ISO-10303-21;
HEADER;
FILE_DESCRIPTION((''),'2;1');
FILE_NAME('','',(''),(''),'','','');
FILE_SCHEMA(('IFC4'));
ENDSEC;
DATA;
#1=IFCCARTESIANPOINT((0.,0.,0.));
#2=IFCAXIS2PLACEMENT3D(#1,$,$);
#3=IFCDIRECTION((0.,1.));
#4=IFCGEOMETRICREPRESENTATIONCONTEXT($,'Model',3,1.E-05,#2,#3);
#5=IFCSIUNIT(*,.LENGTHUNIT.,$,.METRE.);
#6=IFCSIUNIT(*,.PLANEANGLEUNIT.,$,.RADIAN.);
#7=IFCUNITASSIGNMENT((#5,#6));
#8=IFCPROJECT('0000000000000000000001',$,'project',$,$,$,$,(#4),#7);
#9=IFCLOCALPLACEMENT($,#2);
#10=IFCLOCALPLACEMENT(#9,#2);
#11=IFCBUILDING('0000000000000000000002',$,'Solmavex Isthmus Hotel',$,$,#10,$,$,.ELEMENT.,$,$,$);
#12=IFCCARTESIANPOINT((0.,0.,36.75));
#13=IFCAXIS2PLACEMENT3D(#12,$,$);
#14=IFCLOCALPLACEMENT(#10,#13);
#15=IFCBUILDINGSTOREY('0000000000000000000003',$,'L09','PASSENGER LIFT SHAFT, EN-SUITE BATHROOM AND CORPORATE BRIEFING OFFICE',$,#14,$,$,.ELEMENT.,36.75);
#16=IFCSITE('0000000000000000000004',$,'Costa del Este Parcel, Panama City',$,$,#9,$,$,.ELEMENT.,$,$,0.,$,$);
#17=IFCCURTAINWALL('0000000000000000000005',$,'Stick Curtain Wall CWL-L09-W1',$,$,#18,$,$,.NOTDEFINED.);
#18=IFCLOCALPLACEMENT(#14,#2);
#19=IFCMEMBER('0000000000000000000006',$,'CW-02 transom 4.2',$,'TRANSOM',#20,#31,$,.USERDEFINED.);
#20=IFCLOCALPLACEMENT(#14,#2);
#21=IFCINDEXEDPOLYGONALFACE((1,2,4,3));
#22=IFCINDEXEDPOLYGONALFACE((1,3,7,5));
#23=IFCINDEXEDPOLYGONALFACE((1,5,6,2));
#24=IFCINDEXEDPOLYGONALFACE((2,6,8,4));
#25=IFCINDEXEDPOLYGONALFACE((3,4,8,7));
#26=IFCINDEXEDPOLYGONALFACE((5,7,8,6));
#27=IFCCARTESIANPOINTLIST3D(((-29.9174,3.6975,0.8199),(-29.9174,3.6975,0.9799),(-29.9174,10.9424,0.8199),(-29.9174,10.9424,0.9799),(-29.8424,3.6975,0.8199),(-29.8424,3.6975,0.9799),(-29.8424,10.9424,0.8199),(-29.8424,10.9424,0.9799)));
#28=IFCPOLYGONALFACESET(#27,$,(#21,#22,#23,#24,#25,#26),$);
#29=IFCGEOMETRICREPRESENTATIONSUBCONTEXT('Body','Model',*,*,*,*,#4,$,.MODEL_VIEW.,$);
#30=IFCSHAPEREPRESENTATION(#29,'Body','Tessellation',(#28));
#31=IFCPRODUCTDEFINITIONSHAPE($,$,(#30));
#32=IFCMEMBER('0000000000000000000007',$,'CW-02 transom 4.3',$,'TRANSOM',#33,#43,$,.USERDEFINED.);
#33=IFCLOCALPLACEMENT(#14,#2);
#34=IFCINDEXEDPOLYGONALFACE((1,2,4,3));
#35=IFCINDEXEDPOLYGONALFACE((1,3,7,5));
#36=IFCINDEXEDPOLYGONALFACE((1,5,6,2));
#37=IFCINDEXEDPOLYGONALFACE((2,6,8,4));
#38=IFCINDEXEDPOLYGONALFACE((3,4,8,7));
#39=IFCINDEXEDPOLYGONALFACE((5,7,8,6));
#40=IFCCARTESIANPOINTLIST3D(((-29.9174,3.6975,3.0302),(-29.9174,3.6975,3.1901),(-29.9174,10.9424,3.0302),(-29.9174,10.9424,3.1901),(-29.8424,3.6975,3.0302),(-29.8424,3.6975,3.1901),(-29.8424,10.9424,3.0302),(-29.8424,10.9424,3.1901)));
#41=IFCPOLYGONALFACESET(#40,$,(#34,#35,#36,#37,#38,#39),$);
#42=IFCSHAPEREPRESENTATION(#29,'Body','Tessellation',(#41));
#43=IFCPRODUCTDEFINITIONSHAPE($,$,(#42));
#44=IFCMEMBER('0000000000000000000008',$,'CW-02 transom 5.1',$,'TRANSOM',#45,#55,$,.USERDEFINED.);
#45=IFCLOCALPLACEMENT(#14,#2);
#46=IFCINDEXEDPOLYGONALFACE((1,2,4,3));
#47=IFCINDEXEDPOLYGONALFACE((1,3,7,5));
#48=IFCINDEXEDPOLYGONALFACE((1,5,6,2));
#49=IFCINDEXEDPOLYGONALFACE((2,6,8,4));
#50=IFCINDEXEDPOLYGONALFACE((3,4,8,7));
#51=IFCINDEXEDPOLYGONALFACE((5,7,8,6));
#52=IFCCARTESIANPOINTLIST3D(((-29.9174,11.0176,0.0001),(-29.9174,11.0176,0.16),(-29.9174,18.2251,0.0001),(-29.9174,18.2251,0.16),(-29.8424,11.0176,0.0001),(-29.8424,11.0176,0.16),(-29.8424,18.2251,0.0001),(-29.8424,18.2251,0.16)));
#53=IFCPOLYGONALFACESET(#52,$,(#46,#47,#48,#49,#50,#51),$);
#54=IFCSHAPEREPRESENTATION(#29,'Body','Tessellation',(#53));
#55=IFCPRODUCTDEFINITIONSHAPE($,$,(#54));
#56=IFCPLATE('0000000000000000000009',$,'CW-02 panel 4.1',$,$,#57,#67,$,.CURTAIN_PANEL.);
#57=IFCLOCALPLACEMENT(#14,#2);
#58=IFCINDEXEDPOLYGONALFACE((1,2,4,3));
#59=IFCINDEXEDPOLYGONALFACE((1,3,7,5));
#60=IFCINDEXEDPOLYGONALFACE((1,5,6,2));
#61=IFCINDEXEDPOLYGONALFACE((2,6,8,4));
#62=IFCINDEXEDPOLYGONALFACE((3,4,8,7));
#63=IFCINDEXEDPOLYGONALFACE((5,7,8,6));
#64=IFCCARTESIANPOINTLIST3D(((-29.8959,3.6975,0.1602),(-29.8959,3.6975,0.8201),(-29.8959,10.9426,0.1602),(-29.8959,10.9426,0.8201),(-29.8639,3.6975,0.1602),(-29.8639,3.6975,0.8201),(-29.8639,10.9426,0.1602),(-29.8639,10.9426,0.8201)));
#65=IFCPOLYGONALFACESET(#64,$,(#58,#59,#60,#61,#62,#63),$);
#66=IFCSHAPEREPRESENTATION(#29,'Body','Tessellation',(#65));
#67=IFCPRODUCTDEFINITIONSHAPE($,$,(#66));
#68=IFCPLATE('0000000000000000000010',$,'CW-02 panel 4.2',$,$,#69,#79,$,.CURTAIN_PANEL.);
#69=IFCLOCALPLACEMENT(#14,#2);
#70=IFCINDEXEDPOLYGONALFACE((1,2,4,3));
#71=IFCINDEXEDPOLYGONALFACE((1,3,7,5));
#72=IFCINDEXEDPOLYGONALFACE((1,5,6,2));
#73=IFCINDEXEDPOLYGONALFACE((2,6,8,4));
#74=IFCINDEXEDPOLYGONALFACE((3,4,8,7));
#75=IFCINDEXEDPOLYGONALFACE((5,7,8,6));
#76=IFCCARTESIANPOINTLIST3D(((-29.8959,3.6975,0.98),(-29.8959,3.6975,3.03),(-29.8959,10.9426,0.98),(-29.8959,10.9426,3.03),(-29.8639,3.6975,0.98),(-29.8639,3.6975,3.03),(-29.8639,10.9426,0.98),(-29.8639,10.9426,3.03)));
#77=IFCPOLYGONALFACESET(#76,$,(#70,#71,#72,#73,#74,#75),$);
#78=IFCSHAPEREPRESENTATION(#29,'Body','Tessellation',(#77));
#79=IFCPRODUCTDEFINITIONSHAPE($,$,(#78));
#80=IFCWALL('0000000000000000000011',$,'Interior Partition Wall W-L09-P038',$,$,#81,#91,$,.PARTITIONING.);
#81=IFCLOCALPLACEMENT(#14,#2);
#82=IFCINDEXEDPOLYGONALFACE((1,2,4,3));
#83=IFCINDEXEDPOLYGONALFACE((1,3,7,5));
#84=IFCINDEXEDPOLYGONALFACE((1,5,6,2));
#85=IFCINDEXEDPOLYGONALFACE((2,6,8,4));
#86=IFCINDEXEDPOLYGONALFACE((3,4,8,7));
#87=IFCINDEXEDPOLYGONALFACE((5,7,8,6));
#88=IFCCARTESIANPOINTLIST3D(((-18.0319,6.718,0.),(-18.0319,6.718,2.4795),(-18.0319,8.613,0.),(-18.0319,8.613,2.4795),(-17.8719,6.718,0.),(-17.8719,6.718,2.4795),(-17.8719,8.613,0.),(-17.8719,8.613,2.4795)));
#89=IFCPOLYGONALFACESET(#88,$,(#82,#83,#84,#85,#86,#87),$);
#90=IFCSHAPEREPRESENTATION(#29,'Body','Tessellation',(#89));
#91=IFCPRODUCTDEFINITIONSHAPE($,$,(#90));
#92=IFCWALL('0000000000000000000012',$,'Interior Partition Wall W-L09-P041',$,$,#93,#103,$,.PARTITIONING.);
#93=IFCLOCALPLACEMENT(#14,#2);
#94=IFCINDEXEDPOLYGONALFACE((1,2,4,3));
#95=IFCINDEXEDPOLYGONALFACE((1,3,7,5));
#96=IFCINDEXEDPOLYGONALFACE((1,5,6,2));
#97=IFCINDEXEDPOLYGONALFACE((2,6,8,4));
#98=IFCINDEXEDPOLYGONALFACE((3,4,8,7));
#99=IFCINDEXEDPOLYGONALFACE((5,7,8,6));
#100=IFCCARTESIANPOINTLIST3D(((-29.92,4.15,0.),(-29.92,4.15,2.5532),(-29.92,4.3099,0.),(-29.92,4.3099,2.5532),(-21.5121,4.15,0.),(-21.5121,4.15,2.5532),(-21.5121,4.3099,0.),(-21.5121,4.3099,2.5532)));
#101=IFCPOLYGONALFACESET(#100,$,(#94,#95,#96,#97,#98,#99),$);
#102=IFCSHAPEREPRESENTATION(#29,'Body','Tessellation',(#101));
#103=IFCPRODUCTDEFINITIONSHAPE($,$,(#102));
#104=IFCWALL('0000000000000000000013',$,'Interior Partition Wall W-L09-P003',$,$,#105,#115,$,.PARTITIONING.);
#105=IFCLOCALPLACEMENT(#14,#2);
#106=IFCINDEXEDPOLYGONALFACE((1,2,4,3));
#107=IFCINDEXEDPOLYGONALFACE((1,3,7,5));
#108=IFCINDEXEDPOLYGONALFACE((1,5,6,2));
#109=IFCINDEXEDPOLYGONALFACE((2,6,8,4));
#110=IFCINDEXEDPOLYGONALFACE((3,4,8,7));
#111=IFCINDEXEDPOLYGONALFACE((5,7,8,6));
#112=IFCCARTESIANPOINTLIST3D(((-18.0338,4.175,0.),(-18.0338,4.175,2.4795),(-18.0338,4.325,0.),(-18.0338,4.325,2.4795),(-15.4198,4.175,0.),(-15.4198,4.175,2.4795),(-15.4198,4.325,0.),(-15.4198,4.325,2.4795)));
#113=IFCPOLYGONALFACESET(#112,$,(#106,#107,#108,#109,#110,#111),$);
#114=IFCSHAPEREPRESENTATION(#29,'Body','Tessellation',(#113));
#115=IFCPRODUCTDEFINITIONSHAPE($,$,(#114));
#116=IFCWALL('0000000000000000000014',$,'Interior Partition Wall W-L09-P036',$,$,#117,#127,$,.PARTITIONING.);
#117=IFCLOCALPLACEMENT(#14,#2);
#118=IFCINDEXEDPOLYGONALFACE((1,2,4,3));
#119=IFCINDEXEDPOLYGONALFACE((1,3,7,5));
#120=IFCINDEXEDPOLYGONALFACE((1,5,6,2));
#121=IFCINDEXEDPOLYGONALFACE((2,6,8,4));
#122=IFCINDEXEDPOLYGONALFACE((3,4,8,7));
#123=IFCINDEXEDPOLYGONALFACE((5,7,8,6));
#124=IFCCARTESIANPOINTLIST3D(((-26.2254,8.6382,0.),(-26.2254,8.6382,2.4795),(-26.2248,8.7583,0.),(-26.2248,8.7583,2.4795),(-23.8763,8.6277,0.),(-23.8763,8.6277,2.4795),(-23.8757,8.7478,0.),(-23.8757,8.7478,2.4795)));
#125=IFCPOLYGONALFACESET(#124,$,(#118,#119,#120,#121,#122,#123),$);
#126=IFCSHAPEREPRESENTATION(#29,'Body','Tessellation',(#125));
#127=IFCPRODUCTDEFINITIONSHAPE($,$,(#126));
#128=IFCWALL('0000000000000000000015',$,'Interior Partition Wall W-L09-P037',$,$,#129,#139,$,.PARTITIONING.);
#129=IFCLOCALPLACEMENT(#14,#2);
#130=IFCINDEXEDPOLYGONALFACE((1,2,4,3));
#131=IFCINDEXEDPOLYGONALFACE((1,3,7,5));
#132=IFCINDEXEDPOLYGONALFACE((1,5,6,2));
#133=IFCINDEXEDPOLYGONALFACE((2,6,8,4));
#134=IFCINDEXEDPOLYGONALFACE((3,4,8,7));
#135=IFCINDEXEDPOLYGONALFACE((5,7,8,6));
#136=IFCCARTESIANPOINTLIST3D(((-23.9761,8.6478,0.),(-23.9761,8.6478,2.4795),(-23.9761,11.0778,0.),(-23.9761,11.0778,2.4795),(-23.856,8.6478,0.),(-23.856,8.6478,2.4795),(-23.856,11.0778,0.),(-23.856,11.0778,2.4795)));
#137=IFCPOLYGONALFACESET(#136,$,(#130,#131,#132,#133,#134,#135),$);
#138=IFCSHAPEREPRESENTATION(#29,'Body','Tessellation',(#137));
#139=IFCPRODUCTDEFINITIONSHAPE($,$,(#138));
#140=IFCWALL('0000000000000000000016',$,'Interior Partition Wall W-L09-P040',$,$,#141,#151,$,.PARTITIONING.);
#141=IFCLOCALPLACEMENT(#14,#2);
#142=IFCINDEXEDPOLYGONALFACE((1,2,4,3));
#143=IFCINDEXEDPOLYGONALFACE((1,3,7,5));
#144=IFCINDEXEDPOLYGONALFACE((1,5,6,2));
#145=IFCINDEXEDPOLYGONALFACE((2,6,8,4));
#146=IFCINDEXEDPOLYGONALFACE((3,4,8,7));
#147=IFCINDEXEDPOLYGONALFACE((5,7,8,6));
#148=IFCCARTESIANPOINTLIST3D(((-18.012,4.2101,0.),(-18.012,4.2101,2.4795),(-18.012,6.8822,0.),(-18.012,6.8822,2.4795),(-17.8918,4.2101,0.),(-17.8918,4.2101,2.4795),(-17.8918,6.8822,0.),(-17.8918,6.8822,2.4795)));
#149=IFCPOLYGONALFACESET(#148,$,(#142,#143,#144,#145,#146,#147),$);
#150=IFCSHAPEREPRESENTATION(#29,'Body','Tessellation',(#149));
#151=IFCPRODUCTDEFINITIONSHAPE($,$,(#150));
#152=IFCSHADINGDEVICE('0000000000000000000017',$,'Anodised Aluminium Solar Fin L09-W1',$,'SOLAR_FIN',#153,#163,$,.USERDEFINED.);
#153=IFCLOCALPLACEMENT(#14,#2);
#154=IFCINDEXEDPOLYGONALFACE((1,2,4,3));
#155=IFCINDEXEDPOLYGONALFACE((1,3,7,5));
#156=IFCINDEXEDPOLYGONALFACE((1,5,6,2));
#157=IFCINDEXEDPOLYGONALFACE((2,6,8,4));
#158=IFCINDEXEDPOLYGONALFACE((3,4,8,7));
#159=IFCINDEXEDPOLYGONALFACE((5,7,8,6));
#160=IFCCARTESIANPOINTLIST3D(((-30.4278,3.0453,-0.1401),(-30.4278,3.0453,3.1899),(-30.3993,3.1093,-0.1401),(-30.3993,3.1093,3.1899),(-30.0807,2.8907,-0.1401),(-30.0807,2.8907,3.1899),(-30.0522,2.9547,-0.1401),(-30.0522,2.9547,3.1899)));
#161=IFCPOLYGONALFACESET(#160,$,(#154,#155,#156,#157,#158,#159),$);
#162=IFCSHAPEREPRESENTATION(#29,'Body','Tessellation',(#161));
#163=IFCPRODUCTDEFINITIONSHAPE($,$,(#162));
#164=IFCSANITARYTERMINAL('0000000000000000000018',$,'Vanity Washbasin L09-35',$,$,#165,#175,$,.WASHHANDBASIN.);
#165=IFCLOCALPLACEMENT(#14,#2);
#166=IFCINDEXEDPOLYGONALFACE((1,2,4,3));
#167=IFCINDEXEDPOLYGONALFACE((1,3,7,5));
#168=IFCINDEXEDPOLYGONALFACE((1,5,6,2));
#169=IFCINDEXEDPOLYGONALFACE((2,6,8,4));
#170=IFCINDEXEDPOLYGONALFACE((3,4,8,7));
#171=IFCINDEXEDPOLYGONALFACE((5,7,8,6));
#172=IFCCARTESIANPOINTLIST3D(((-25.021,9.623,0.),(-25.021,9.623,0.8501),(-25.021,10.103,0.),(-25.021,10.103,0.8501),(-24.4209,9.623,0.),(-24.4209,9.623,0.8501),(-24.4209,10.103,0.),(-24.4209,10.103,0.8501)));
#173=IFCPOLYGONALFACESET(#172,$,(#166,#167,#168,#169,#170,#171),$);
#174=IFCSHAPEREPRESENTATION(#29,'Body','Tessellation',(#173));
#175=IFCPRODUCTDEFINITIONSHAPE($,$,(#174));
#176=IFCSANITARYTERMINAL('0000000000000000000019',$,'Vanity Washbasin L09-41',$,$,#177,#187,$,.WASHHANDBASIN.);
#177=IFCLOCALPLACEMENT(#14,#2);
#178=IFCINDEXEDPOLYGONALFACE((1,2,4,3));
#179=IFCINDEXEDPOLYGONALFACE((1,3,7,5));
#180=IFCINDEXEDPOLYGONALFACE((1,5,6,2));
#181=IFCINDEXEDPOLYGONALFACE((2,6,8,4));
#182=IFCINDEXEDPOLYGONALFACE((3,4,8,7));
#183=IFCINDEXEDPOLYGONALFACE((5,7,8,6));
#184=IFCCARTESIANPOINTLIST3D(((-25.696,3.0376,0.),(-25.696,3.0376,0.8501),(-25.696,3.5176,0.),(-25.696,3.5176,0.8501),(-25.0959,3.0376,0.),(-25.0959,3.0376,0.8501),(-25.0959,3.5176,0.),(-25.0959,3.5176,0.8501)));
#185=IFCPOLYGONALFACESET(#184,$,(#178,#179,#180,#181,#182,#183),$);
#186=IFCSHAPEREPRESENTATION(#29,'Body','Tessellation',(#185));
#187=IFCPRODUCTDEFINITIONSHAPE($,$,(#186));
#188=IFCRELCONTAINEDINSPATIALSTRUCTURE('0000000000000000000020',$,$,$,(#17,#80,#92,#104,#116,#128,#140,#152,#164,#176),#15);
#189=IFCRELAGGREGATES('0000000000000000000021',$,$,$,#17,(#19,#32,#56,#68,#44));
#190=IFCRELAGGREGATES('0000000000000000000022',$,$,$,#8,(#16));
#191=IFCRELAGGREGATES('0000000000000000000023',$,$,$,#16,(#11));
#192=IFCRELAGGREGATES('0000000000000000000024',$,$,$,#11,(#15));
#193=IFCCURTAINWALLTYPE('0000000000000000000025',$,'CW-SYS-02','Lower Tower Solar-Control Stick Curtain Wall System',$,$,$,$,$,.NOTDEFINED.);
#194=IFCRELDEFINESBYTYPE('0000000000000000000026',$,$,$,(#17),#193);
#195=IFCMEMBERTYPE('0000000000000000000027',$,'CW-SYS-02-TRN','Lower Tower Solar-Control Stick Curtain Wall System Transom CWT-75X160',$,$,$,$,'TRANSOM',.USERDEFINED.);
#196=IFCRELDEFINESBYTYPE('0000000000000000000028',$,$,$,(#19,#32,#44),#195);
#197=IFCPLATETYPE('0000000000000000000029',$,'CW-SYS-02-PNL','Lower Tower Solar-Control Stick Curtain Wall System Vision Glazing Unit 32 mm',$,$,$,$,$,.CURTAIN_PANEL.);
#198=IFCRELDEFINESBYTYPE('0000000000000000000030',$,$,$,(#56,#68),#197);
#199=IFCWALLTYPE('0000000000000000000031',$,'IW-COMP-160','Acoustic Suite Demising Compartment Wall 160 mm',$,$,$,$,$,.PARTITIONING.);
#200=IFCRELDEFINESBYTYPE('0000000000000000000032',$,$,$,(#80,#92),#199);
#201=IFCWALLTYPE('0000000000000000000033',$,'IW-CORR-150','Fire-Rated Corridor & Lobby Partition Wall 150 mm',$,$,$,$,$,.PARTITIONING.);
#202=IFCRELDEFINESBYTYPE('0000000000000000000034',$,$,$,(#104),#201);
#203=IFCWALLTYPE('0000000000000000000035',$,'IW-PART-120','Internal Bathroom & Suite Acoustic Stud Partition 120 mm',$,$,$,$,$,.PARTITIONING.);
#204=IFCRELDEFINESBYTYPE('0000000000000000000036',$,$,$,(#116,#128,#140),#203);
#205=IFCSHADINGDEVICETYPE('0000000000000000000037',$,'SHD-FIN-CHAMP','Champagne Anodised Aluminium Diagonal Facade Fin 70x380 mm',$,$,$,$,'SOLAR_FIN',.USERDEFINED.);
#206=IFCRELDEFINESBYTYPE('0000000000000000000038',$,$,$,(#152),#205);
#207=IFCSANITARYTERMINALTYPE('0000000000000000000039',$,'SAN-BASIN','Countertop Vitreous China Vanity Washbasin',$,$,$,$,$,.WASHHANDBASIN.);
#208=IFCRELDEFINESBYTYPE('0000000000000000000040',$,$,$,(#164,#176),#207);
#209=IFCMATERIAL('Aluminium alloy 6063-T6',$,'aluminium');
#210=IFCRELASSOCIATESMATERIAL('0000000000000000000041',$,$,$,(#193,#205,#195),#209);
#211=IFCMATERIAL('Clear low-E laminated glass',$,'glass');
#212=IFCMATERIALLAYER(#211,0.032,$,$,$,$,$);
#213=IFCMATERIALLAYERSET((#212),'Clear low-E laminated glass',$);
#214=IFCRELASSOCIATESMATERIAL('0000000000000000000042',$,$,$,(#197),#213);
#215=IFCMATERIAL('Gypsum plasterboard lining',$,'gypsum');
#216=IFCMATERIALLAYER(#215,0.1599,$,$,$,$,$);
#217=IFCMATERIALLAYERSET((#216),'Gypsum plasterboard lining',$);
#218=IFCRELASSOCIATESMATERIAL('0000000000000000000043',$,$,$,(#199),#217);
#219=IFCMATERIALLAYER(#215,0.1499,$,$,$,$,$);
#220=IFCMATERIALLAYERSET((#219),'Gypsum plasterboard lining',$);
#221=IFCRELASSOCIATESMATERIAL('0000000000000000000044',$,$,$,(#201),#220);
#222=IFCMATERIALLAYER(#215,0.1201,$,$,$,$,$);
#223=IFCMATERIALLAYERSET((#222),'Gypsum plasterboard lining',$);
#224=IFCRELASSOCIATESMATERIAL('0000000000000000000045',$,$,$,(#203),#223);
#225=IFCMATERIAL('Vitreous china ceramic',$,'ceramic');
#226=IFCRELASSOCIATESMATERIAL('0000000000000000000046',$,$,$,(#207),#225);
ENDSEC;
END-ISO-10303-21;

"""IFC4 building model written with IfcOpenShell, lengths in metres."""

from ifc_helpers import new_model, si_unit, direction, frame, frame_2d, origin, origin_2d, place, context, subcontext, project, spatial, rectangle, extrude, material, layer, layer_set, material_profile, profile_set, type_object, element, aggregate, save


model = new_model("IFC4")

# Units and contexts
model_context = context("Model", 3, precision=1e-05, world=origin(), true_north=direction((0.0, 1.0)))
body_context = subcontext(model_context, "Body", "Model", "MODEL_VIEW")
ifc_project = project(units=[si_unit("LENGTHUNIT", "METRE"), si_unit("PLANEANGLEUNIT", "RADIAN")], contexts=[model_context])

# Site, building, storey
site_placement = place(None, origin())
site = spatial("IfcSite", under=ifc_project, at=site_placement, Name="Costa del Este Parcel, Panama City", CompositionType="ELEMENT", RefElevation=0.0)
building_placement = place(site_placement, origin())
building = spatial("IfcBuilding", under=site, at=building_placement, Name="Solmavex Isthmus Hotel", CompositionType="ELEMENT")
storey_placement = place(building_placement, frame((0.0, 0.0, 36.75)))
storey = spatial("IfcBuildingStorey", under=building, at=storey_placement, Name="L09", Description="PASSENGER LIFT SHAFT, EN-SUITE BATHROOM AND CORPORATE BRIEFING OFFICE", CompositionType="ELEMENT", Elevation=36.75)

# Curtain wall, members, plates
ifc_material_1 = material(Name="Aluminium alloy 6063-T6", Category="aluminium")
curtain_wall_type = type_object("IfcCurtainWallType", Name="CW-SYS-02", Description="Lower Tower Solar-Control Stick Curtain Wall System", PredefinedType="NOTDEFINED", material=ifc_material_1)
curtain_wall_placement = place(storey_placement, origin())
curtain_wall = element("IfcCurtainWall", 1, at=curtain_wall_placement, inside=storey, type_object=curtain_wall_type, Name="Stick Curtain Wall CWL-L09-W1", PredefinedType="NOTDEFINED")
ifc_material_profile_1 = material_profile(ifc_material_1, rectangle(XDim=0.075, YDim=0.1599, at=origin_2d()), Name="CWT-75X160")
ifc_profile_set_1 = profile_set([ifc_material_profile_1], Name="Aluminium alloy 6063-T6")
member_type_1 = type_object("IfcMemberType", Name="CW-SYS-02-TRN", Description="Lower Tower Solar-Control Stick Curtain Wall System Transom CWT-75X160", ElementType="TRANSOM", PredefinedType="USERDEFINED", material=ifc_profile_set_1)
member_1_placement = place(storey_placement, frame((-29.8799, 3.6975, 0.8999), z_axis=(0.0, 1.0, 0.0), x_axis=(-1.0, 0.0, 0.0)))
member_1 = element("IfcMember", 2, at=member_1_placement, type_object=member_type_1, Name="CW-02 transom 4.2", ObjectType="TRANSOM", PredefinedType="USERDEFINED", context=body_context, shape_type="SweptSolid", body=[
    extrude(rectangle(XDim=0.075, YDim=0.1599, at=origin_2d()), origin(), (0.0, 0.0, 1.0), 7.2449),
])
member_2_placement = place(storey_placement, frame((-29.8799, 3.6975, 3.1101), z_axis=(0.0, 1.0, 0.0), x_axis=(-1.0, 0.0, 0.0)))
member_2 = element("IfcMember", 3, at=member_2_placement, type_object=member_type_1, Name="CW-02 transom 4.3", ObjectType="TRANSOM", PredefinedType="USERDEFINED", context=body_context, shape_type="SweptSolid", body=[
    extrude(rectangle(XDim=0.075, YDim=0.1599, at=origin_2d()), origin(), (0.0, 0.0, 1.0), 7.2449),
])
member_3_placement = place(storey_placement, frame((-29.8799, 11.0176, 0.0801), z_axis=(0.0, 1.0, 0.0), x_axis=(-1.0, 0.0, 0.0)))
member_3 = element("IfcMember", 4, at=member_3_placement, type_object=member_type_1, Name="CW-02 transom 5.1", ObjectType="TRANSOM", PredefinedType="USERDEFINED", context=body_context, shape_type="SweptSolid", body=[
    extrude(rectangle(XDim=0.075, YDim=0.1599, at=origin_2d()), origin(), (0.0, 0.0, 1.0), 7.2075),
])
ifc_material_2 = material(Name="Clear low-E laminated glass", Category="glass")
ifc_layer_1 = layer(ifc_material_2, 0.032)
ifc_layer_set_1 = layer_set([ifc_layer_1], Name="Clear low-E laminated glass")
plate_type = type_object("IfcPlateType", Name="CW-SYS-02-PNL", Description="Lower Tower Solar-Control Stick Curtain Wall System Vision Glazing Unit 32 mm", PredefinedType="CURTAIN_PANEL", material=ifc_layer_set_1)
plate_1_placement = place(storey_placement, frame((-29.8799, 7.3201, 0.1602), z_axis=(0.0, 0.0, 1.0), x_axis=(0.0, 1.0, 0.0)))
plate_1 = element("IfcPlate", 5, at=plate_1_placement, type_object=plate_type, Name="CW-02 panel 4.1", PredefinedType="CURTAIN_PANEL", context=body_context, shape_type="SweptSolid", body=[
    extrude(rectangle(XDim=7.2451, YDim=0.032, at=origin_2d()), origin(), (0.0, 0.0, 1.0), 0.6599),
])
plate_2_placement = place(storey_placement, frame((-29.8799, 7.3201, 0.98), z_axis=(0.0, 0.0, 1.0), x_axis=(0.0, 1.0, 0.0)))
plate_2 = element("IfcPlate", 6, at=plate_2_placement, type_object=plate_type, Name="CW-02 panel 4.2", PredefinedType="CURTAIN_PANEL", context=body_context, shape_type="SweptSolid", body=[
    extrude(rectangle(XDim=7.2451, YDim=0.032, at=origin_2d()), origin(), (0.0, 0.0, 1.0), 2.05),
])
aggregate(curtain_wall, [member_1, member_2, plate_1, plate_2, member_3])

# Walls
ifc_material_3 = material(Name="Gypsum plasterboard lining", Category="gypsum")
ifc_layer_2 = layer(ifc_material_3, 0.1599)
ifc_layer_set_2 = layer_set([ifc_layer_2], Name="Gypsum plasterboard lining")
wall_type_1 = type_object("IfcWallType", Name="IW-COMP-160", Description="Acoustic Suite Demising Compartment Wall 160 mm", PredefinedType="PARTITIONING", material=ifc_layer_set_2)
wall_1_placement = place(storey_placement, frame((-17.9519, 8.613, 0.0), z_axis=(0.0, 0.0, 1.0), x_axis=(0.0, -1.0, 0.0)))
element("IfcWall", 7, at=wall_1_placement, inside=storey, type_object=wall_type_1, Name="Interior Partition Wall W-L09-P038", PredefinedType="PARTITIONING", context=body_context, shape_type="SweptSolid", body=[
    extrude(rectangle(XDim=1.895, YDim=0.1599, at=frame_2d((0.9475, 0.0))), origin(), (0.0, 0.0, 1.0), 2.4795),
])
wall_2_placement = place(storey_placement, frame((-21.512, 4.23, 0.0), z_axis=(0.0, 0.0, 1.0), x_axis=(-1.0, 0.0, 0.0)))
element("IfcWall", 8, at=wall_2_placement, inside=storey, type_object=wall_type_1, Name="Interior Partition Wall W-L09-P041", PredefinedType="PARTITIONING", context=body_context, shape_type="SweptSolid", body=[
    extrude(rectangle(XDim=8.408, YDim=0.1599, at=frame_2d((4.2041, 0.0))), origin(), (0.0, 0.0, 1.0), 2.5532),
])

# Shared definitions
ifc_layer_3 = layer(ifc_material_3, 0.1499)
ifc_layer_set_3 = layer_set([ifc_layer_3], Name="Gypsum plasterboard lining")
wall_type_2 = type_object("IfcWallType", Name="IW-CORR-150", Description="Fire-Rated Corridor & Lobby Partition Wall 150 mm", PredefinedType="PARTITIONING", material=ifc_layer_set_3)

# Walls
wall_3_placement = place(storey_placement, frame((-18.0339, 4.25, 0.0), z_axis=(0.0, 0.0, 1.0), x_axis=(1.0, 0.0, 0.0)))
element("IfcWall", 9, at=wall_3_placement, inside=storey, type_object=wall_type_2, Name="Interior Partition Wall W-L09-P003", PredefinedType="PARTITIONING", context=body_context, shape_type="SweptSolid", body=[
    extrude(rectangle(XDim=2.614, YDim=0.1499, at=frame_2d((1.3071, 0.0))), origin(), (0.0, 0.0, 1.0), 2.4795),
])
ifc_layer_4 = layer(ifc_material_3, 0.1201)
ifc_layer_set_4 = layer_set([ifc_layer_4], Name="Gypsum plasterboard lining")
wall_type_3 = type_object("IfcWallType", Name="IW-PART-120", Description="Internal Bathroom & Suite Acoustic Stud Partition 120 mm", PredefinedType="PARTITIONING", material=ifc_layer_set_4)
wall_4_placement = place(storey_placement, frame((-26.2251, 8.6982, 0.0), z_axis=(0.0, 0.0, 1.0), x_axis=(0.99999, -0.004469, 0.0)))
element("IfcWall", 10, at=wall_4_placement, inside=storey, type_object=wall_type_3, Name="Interior Partition Wall W-L09-P036", PredefinedType="PARTITIONING", context=body_context, shape_type="SweptSolid", body=[
    extrude(rectangle(XDim=2.3491, YDim=0.1201, at=frame_2d((1.1746, 0.0))), origin(), (0.0, 0.0, 1.0), 2.4795),
])
wall_5_placement = place(storey_placement, frame((-23.916, 8.6479, 0.0), z_axis=(0.0, 0.0, 1.0), x_axis=(0.0, 1.0, 0.0)))
element("IfcWall", 11, at=wall_5_placement, inside=storey, type_object=wall_type_3, Name="Interior Partition Wall W-L09-P037", PredefinedType="PARTITIONING", context=body_context, shape_type="SweptSolid", body=[
    extrude(rectangle(XDim=2.4299, YDim=0.1201, at=frame_2d((1.2148, 0.0))), origin(), (0.0, 0.0, 1.0), 2.4795),
])
wall_6_placement = place(storey_placement, frame((-17.9519, 6.8821, 0.0), z_axis=(0.0, 0.0, 1.0), x_axis=(0.0, -1.0, 0.0)))
element("IfcWall", 12, at=wall_6_placement, inside=storey, type_object=wall_type_3, Name="Interior Partition Wall W-L09-P040", PredefinedType="PARTITIONING", context=body_context, shape_type="SweptSolid", body=[
    extrude(rectangle(XDim=2.6721, YDim=0.1201, at=frame_2d((1.3359, 0.0))), origin(), (0.0, 0.0, 1.0), 2.4795),
])

# Shading device
shading_device_type = type_object("IfcShadingDeviceType", Name="SHD-FIN-CHAMP", Description="Champagne Anodised Aluminium Diagonal Facade Fin 70x380 mm", ElementType="SOLAR_FIN", PredefinedType="USERDEFINED", material=ifc_material_1)
shading_device_placement = place(storey_placement, frame((-30.24, 3.0, -0.1401), z_axis=(0.0, 0.0, 1.0), x_axis=(-0.913545, 0.406737, 0.0)))
element("IfcShadingDevice", 13, at=shading_device_placement, inside=storey, type_object=shading_device_type, Name="Anodised Aluminium Solar Fin L09-W1", ObjectType="SOLAR_FIN", PredefinedType="USERDEFINED", context=body_context, shape_type="SweptSolid", body=[
    extrude(rectangle(XDim=0.3799, YDim=0.0701, at=origin_2d()), origin(), (0.0, 0.0, 1.0), 3.3301),
])

# Sanitary terminals
ifc_material_4 = material(Name="Vitreous china ceramic", Category="ceramic")
sanitary_terminal_type_1 = type_object("IfcSanitaryTerminalType", Name="SAN-BASIN", Description="Countertop Vitreous China Vanity Washbasin", PredefinedType="WASHHANDBASIN", material=ifc_material_4)
for number, where, z_axis, x_axis, name in (
    (14, (-24.7209, 9.863, 0.0), (0.0, 0.0, 1.0), (1.0, 0.0, 0.0), "Vanity Washbasin L09-35"),
    (15, (-25.396, 3.2776, 0.0), (0.0, 0.0, 1.0), (1.0, 0.0, 0.0), "Vanity Washbasin L09-41"),
):
    element("IfcSanitaryTerminal", number, at=place(storey_placement, frame(where, z_axis=z_axis, x_axis=x_axis)), inside=storey, type_object=sanitary_terminal_type_1, Name=name, PredefinedType="WASHHANDBASIN", context=body_context, shape_type="SweptSolid", body=[
        extrude(rectangle(XDim=0.6001, YDim=0.48, at=origin_2d()), origin(), (0.0, 0.0, 1.0), 0.8501),
    ])

save(model, "model.ifc")
